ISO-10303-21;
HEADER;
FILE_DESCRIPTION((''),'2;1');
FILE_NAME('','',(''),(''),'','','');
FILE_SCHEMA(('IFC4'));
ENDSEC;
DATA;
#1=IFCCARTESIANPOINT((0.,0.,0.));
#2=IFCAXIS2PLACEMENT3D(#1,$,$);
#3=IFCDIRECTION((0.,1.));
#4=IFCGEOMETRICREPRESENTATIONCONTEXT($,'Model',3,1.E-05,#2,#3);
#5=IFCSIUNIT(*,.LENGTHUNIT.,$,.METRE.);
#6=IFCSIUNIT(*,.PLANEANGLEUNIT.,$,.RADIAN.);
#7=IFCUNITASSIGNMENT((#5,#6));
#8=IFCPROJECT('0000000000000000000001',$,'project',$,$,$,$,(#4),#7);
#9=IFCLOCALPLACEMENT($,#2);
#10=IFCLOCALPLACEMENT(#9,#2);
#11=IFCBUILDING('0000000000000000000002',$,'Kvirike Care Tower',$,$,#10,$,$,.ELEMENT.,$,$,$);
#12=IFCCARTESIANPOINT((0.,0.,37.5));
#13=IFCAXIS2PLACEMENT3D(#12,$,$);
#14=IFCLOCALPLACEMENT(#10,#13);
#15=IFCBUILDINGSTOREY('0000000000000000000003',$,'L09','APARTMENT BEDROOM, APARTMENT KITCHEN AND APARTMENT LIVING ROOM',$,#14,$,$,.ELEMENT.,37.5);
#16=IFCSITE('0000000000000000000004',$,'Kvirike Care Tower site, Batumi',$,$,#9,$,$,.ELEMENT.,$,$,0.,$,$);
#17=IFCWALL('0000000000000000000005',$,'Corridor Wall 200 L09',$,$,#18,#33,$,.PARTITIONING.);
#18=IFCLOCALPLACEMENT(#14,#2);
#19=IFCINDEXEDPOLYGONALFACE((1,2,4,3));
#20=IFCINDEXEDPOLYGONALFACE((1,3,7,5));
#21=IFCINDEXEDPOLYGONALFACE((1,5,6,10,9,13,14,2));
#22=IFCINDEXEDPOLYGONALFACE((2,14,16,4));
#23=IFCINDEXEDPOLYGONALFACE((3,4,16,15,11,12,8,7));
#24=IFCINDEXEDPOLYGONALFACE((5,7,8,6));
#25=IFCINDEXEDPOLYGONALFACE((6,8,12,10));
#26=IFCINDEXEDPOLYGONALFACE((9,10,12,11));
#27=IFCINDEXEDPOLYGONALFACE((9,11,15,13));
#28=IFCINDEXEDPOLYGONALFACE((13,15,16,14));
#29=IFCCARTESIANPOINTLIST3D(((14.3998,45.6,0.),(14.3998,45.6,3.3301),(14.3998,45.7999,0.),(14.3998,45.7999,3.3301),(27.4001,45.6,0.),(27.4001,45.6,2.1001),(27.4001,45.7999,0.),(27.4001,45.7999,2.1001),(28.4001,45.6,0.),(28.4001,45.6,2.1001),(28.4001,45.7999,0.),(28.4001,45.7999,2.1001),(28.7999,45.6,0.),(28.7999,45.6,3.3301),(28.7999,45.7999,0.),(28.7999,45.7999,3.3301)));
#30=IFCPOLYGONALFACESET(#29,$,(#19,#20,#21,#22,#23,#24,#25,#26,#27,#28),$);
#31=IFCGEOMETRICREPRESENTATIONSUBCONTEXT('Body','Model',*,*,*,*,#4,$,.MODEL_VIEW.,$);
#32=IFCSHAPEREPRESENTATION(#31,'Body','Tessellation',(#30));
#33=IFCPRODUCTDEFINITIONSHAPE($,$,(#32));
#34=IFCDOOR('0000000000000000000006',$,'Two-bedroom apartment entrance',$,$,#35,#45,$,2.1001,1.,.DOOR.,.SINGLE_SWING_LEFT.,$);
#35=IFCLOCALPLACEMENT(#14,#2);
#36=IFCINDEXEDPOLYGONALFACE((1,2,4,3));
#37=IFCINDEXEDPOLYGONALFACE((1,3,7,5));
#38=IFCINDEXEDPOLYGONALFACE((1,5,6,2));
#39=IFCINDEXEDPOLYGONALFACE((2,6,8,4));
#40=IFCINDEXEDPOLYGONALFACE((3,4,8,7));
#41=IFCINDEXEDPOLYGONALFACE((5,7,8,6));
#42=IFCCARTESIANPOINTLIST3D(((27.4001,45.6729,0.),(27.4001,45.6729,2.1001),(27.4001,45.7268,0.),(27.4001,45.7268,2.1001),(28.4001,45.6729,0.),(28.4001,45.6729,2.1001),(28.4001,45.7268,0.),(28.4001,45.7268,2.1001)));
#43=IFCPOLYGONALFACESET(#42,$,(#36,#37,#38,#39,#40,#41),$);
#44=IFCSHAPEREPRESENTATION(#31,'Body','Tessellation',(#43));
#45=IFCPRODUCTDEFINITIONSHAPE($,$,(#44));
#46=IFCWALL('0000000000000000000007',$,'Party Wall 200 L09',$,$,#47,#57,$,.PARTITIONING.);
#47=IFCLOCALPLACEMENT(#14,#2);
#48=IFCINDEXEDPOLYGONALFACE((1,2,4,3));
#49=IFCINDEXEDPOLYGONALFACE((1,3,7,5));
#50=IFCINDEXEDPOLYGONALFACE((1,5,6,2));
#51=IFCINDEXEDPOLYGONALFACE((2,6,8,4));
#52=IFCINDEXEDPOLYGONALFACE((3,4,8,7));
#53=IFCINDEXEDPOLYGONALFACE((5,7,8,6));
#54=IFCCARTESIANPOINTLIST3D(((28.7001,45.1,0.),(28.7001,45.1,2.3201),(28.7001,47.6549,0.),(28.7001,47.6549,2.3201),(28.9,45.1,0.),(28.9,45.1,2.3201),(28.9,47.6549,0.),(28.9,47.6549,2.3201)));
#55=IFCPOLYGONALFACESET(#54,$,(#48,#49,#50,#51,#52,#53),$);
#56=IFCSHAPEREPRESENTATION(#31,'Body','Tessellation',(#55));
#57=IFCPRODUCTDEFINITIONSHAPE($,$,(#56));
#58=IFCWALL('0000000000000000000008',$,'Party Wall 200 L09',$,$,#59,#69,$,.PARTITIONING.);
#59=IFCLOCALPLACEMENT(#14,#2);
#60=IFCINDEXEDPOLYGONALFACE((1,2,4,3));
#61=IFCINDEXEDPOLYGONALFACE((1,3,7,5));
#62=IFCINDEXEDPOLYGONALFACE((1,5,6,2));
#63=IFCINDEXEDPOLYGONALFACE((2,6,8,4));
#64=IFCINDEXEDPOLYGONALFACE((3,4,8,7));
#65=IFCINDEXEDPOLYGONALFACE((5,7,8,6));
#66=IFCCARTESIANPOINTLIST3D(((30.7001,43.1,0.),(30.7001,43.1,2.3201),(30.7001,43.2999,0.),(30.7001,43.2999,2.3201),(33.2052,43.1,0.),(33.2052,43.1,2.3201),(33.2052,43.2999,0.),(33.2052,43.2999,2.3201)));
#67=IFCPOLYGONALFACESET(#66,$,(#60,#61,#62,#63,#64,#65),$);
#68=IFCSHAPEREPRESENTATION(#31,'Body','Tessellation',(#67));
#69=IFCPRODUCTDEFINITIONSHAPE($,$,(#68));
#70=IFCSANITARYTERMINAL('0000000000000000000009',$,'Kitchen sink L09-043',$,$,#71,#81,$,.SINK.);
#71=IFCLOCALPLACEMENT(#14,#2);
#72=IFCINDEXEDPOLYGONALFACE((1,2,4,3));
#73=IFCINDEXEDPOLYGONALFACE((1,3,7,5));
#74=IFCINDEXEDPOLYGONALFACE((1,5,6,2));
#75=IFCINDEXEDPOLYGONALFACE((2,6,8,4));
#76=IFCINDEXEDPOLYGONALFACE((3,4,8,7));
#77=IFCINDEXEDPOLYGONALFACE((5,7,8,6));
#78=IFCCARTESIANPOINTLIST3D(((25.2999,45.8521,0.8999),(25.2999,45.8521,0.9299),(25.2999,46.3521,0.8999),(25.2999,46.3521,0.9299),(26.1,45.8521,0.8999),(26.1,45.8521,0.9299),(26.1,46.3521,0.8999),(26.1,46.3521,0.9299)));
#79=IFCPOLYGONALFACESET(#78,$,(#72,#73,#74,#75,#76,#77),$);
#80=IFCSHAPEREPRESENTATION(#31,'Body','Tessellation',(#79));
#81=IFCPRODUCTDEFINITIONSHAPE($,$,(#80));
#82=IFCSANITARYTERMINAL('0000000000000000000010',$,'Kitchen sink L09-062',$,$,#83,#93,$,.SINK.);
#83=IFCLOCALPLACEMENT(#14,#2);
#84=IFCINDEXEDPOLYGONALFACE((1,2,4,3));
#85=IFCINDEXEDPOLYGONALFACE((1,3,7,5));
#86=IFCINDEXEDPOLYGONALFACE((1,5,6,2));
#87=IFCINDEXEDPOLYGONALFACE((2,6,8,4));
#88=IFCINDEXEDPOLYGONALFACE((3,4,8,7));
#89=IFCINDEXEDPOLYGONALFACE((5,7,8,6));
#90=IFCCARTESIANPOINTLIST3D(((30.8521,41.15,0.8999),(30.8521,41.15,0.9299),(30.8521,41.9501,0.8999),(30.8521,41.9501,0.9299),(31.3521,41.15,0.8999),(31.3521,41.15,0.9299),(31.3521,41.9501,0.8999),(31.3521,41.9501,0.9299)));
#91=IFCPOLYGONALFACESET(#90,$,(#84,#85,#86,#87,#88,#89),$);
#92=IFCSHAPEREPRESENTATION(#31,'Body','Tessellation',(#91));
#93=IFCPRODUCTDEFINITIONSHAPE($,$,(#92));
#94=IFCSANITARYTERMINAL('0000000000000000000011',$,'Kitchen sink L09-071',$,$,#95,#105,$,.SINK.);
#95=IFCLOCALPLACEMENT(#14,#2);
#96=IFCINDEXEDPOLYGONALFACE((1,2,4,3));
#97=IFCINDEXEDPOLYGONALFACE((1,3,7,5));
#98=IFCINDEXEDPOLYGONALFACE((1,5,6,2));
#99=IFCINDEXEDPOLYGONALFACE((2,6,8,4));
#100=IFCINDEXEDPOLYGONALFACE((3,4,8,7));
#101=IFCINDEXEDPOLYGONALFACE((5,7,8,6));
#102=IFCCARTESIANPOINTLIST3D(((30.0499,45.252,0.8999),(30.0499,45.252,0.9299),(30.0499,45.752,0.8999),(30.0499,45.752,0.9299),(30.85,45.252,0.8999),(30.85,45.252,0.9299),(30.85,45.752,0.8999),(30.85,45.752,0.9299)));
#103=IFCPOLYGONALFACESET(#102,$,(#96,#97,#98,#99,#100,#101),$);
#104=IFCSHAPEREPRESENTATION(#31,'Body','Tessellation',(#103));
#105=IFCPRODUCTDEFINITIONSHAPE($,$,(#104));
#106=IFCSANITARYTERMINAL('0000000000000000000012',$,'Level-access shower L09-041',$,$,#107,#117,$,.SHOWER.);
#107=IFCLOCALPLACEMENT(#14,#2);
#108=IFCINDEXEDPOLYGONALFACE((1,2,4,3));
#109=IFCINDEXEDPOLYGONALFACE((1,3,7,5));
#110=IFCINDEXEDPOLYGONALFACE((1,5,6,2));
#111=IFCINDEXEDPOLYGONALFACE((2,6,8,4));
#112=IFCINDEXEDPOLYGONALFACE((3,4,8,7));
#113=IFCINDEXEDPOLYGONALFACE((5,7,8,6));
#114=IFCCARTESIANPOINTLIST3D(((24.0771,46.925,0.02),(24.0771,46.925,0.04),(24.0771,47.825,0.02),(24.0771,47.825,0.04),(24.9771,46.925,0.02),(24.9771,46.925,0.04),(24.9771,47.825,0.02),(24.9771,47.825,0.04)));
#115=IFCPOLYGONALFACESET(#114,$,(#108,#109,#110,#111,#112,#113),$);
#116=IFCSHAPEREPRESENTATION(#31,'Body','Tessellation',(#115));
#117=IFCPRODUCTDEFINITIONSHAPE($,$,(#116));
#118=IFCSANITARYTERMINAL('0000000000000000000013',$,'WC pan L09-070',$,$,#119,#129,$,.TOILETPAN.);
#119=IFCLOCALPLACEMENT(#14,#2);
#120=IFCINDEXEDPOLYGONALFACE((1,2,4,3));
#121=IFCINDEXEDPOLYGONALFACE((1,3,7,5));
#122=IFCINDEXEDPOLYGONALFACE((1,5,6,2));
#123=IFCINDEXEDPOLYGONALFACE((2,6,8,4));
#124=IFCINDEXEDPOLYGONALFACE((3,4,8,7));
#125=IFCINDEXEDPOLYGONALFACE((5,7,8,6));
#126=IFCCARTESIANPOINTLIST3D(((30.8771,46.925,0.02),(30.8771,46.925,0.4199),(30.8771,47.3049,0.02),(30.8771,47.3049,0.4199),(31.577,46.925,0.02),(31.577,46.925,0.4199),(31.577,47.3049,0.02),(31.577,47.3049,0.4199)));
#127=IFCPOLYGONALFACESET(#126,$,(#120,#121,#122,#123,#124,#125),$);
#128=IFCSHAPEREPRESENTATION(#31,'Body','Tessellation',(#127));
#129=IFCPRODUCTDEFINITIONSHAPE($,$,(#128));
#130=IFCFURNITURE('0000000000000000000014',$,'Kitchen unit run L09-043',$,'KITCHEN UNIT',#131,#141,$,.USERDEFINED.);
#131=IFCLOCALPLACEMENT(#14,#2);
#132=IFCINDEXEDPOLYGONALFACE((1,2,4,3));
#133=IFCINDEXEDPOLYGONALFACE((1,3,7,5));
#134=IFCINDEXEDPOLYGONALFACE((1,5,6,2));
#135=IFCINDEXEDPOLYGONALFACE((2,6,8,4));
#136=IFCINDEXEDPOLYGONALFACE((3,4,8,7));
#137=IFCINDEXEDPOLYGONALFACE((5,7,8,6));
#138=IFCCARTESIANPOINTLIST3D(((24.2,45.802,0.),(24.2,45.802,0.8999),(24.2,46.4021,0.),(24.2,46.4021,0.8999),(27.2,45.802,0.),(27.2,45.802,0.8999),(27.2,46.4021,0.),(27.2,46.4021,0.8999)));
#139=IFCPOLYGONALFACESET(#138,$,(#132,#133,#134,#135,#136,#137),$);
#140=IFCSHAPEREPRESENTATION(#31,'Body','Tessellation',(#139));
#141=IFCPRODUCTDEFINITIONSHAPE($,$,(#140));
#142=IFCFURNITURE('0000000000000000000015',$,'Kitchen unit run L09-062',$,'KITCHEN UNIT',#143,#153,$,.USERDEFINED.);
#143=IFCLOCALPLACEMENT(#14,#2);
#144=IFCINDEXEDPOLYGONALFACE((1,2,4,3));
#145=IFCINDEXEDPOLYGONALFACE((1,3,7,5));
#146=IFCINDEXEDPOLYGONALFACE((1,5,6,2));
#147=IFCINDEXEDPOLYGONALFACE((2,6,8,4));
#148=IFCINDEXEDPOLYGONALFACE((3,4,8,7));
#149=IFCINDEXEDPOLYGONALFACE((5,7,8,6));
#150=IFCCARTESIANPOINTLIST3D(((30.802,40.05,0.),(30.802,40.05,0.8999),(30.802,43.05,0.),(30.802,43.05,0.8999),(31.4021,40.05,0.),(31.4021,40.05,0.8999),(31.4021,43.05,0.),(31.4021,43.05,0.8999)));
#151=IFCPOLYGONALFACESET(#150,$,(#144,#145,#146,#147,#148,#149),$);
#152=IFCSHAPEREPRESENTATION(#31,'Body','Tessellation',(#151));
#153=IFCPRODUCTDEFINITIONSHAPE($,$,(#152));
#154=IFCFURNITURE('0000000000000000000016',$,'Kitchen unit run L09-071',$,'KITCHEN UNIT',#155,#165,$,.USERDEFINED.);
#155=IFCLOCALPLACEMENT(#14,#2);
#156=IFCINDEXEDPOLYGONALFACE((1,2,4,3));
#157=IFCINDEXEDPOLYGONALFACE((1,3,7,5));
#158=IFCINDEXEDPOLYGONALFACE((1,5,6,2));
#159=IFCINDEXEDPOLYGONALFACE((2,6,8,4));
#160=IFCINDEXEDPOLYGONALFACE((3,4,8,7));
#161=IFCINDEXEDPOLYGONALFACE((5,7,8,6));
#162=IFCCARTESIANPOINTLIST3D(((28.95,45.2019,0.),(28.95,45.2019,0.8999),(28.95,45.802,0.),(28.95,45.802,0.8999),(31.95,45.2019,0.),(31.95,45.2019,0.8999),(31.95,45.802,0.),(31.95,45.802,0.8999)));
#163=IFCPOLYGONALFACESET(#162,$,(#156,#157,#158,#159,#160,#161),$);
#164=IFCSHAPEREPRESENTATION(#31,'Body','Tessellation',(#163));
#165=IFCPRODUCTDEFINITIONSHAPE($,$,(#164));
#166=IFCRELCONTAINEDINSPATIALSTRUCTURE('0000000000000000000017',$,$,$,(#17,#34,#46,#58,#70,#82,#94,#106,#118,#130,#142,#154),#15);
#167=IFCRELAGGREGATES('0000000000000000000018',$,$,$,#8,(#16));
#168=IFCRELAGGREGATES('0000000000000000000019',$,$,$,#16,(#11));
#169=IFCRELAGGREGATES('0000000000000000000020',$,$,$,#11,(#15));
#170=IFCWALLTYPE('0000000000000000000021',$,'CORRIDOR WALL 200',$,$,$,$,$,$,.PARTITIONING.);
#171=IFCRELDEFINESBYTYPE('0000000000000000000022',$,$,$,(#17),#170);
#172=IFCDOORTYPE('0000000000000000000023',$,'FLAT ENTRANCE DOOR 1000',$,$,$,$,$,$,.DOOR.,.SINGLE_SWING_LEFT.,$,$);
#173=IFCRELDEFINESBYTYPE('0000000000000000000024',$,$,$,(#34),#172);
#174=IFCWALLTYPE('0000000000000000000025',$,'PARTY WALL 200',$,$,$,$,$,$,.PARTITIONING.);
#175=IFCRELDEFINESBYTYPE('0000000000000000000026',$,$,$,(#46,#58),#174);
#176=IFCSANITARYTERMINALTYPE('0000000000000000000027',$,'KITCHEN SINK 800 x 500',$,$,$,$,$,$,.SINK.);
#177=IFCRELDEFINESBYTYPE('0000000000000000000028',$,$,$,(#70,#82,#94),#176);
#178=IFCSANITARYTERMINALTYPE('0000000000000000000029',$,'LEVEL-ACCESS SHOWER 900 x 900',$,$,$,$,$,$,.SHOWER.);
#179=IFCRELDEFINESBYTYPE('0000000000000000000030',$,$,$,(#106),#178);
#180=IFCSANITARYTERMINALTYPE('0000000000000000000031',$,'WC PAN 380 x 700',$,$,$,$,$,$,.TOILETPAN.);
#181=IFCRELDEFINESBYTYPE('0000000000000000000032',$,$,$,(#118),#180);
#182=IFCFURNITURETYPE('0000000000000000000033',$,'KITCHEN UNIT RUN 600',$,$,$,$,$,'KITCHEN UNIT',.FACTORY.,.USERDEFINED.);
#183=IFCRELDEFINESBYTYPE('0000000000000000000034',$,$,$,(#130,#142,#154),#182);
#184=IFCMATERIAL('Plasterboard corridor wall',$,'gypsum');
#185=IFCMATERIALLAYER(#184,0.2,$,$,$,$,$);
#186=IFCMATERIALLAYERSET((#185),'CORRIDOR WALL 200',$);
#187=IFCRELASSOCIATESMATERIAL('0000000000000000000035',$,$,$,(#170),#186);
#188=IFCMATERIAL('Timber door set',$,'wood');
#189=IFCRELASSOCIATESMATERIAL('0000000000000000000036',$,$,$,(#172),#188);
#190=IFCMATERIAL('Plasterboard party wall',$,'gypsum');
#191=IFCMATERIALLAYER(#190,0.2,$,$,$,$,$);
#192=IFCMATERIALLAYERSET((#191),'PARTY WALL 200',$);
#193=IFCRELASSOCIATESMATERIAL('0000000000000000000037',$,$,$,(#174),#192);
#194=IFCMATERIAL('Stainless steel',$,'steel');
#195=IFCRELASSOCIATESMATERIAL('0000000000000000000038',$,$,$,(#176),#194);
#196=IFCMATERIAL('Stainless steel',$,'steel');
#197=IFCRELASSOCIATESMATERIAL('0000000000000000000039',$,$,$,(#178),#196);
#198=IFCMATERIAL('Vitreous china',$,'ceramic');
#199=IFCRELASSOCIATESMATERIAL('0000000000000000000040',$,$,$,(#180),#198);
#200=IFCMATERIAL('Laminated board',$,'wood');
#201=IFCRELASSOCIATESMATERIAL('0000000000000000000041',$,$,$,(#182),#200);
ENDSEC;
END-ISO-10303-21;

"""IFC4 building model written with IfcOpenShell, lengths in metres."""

from ifc_helpers import new_model, si_unit, direction, frame, frame_2d, origin, origin_2d, place, context, subcontext, project, spatial, rectangle, extrude, material, layer, layer_set, type_object, element, fill, save


model = new_model("IFC4")

# Units and contexts
model_context = context("Model", 3, precision=1e-05, world=origin(), true_north=direction((0.0, 1.0)))
body_context = subcontext(model_context, "Body", "Model", "MODEL_VIEW")
ifc_project = project(units=[si_unit("LENGTHUNIT", "METRE"), si_unit("PLANEANGLEUNIT", "RADIAN")], contexts=[model_context])

# Site, building, storey
site_placement = place(None, origin())
site = spatial("IfcSite", under=ifc_project, at=site_placement, Name="Kvirike Care Tower site, Batumi", CompositionType="ELEMENT", RefElevation=0.0)
building_placement = place(site_placement, origin())
building = spatial("IfcBuilding", under=site, at=building_placement, Name="Kvirike Care Tower", CompositionType="ELEMENT")
storey_placement = place(building_placement, frame((0.0, 0.0, 37.5)))
storey = spatial("IfcBuildingStorey", under=building, at=storey_placement, Name="L09", Description="APARTMENT BEDROOM, APARTMENT KITCHEN AND APARTMENT LIVING ROOM", CompositionType="ELEMENT", Elevation=37.5)

# Wall, opening, door
ifc_material_1 = material(Name="Plasterboard corridor wall", Category="gypsum")
ifc_layer_1 = layer(ifc_material_1, 0.2)
ifc_layer_set_1 = layer_set([ifc_layer_1], Name="CORRIDOR WALL 200")
wall_type_1 = type_object("IfcWallType", Name="CORRIDOR WALL 200", PredefinedType="PARTITIONING", material=ifc_layer_set_1)
wall_1_placement = place(storey_placement, frame((28.8, 45.7, 0.0), z_axis=(0.0, 0.0, 1.0), x_axis=(-1.0, 0.0, 0.0)))
wall_1 = element("IfcWall", 1, at=wall_1_placement, inside=storey, type_object=wall_type_1, Name="Corridor Wall 200 L09", PredefinedType="PARTITIONING", context=body_context, shape_type="SweptSolid", body=[
    extrude(rectangle(XDim=14.4001, YDim=0.2, at=frame_2d((7.2002, 0.0))), origin(), (0.0, 0.0, 1.0), 3.3301),
])
opening_1_placement = place(wall_1_placement, frame((0.3999, 0.0, 0.0)))
opening_1 = element("IfcOpeningElement", 2, at=opening_1_placement, cuts=wall_1, PredefinedType="OPENING", context=body_context, shape_type="SweptSolid", body=[
    extrude(rectangle(XDim=1.0, YDim=2.1001, at=frame_2d((0.5, 1.05))), frame((0.0, 0.1106, 0.0), z_axis=(0.0, -1.0, 0.0), x_axis=(1.0, 0.0, 0.0)), (0.0, 0.0, 1.0), 0.2209),
])
ifc_material_2 = material(Name="Timber door set", Category="wood")
door_type_1 = type_object("IfcDoorType", Name="FLAT ENTRANCE DOOR 1000", OperationType="SINGLE_SWING_LEFT", PredefinedType="DOOR", material=ifc_material_2)
door_1_placement = place(opening_1_placement, frame((1.0, 0.0, 0.0), z_axis=(0.0, 0.0, 1.0), x_axis=(-1.0, 0.0, 0.0)))
door_1 = element("IfcDoor", 3, at=door_1_placement, inside=storey, type_object=door_type_1, Name="Two-bedroom apartment entrance", OperationType="SINGLE_SWING_LEFT", OverallHeight=2.1001, OverallWidth=1.0, PredefinedType="DOOR", context=body_context, shape_type="SweptSolid", body=[
    extrude(rectangle(XDim=1.0, YDim=2.1001, at=frame_2d((0.5, 1.05))), frame((0.0, 0.0269, 0.0), z_axis=(0.0, -1.0, 0.0), x_axis=(1.0, 0.0, 0.0)), (0.0, 0.0, 1.0), 0.054),
])
fill(opening_1, door_1)

# Walls
ifc_material_3 = material(Name="Plasterboard party wall", Category="gypsum")
ifc_layer_2 = layer(ifc_material_3, 0.2)
ifc_layer_set_2 = layer_set([ifc_layer_2], Name="PARTY WALL 200")
wall_type_2 = type_object("IfcWallType", Name="PARTY WALL 200", PredefinedType="PARTITIONING", material=ifc_layer_set_2)
wall_2_placement = place(storey_placement, frame((28.8, 45.1001, 0.0), z_axis=(0.0, 0.0, 1.0), x_axis=(0.0, 1.0, 0.0)))
element("IfcWall", 4, at=wall_2_placement, inside=storey, type_object=wall_type_2, Name="Party Wall 200 L09", PredefinedType="PARTITIONING", context=body_context, shape_type="SweptSolid", body=[
    extrude(rectangle(XDim=2.5549, YDim=0.2, at=frame_2d((1.2773, 0.0))), origin(), (0.0, 0.0, 1.0), 2.3201),
])
wall_3_placement = place(storey_placement, frame((33.2051, 43.2, 0.0), z_axis=(0.0, 0.0, 1.0), x_axis=(-1.0, 0.0, 0.0)))
element("IfcWall", 5, at=wall_3_placement, inside=storey, type_object=wall_type_2, Name="Party Wall 200 L09", PredefinedType="PARTITIONING", context=body_context, shape_type="SweptSolid", body=[
    extrude(rectangle(XDim=2.5051, YDim=0.2, at=frame_2d((1.2524, 0.0))), origin(), (0.0, 0.0, 1.0), 2.3201),
])

# Sanitary terminals
ifc_material_4 = material(Name="Stainless steel", Category="steel")
sanitary_terminal_type_1 = type_object("IfcSanitaryTerminalType", Name="KITCHEN SINK 800 x 500", PredefinedType="SINK", material=ifc_material_4)
for number, where, z_axis, x_axis, name in (
    (6, (25.7, 46.1021, 0.8999), (0.0, 0.0, 1.0), (-1.0, 0.0, 0.0), "Kitchen sink L09-043"),
    (7, (31.1021, 41.55, 0.8999), (0.0, 0.0, 1.0), (0.0, 1.0, 0.0), "Kitchen sink L09-062"),
    (8, (30.45, 45.502, 0.8999), (0.0, 0.0, 1.0), (-1.0, 0.0, 0.0), "Kitchen sink L09-071"),
):
    element("IfcSanitaryTerminal", number, at=place(storey_placement, frame(where, z_axis=z_axis, x_axis=x_axis)), inside=storey, type_object=sanitary_terminal_type_1, Name=name, PredefinedType="SINK", context=body_context, shape_type="SweptSolid", body=[
        extrude(rectangle(XDim=0.8, YDim=0.5, at=origin_2d()), origin(), (0.0, 0.0, 1.0), 0.03),
    ])
ifc_material_5 = material(Name="Stainless steel", Category="steel")
sanitary_terminal_type_2 = type_object("IfcSanitaryTerminalType", Name="LEVEL-ACCESS SHOWER 900 x 900", PredefinedType="SHOWER", material=ifc_material_5)
sanitary_terminal_1_placement = place(storey_placement, frame((24.5271, 47.375, 0.02), z_axis=(0.0, 0.0, 1.0), x_axis=(0.0, 1.0, 0.0)))
element("IfcSanitaryTerminal", 9, at=sanitary_terminal_1_placement, inside=storey, type_object=sanitary_terminal_type_2, Name="Level-access shower L09-041", PredefinedType="SHOWER", context=body_context, shape_type="SweptSolid", body=[
    extrude(rectangle(XDim=0.8999, YDim=0.8999, at=origin_2d()), origin(), (0.0, 0.0, 1.0), 0.02),
])
ifc_material_6 = material(Name="Vitreous china", Category="ceramic")
sanitary_terminal_type_3 = type_object("IfcSanitaryTerminalType", Name="WC PAN 380 x 700", PredefinedType="TOILETPAN", material=ifc_material_6)
sanitary_terminal_2_placement = place(storey_placement, frame((31.2271, 47.115, 0.02), z_axis=(0.0, 0.0, 1.0), x_axis=(0.0, 1.0, 0.0)))
element("IfcSanitaryTerminal", 10, at=sanitary_terminal_2_placement, inside=storey, type_object=sanitary_terminal_type_3, Name="WC pan L09-070", PredefinedType="TOILETPAN", context=body_context, shape_type="SweptSolid", body=[
    extrude(rectangle(XDim=0.3799, YDim=0.7, at=origin_2d()), origin(), (0.0, 0.0, 1.0), 0.3999),
])

# Furniture
ifc_material_7 = material(Name="Laminated board", Category="wood")
furniture_type = type_object("IfcFurnitureType", Name="KITCHEN UNIT RUN 600", ElementType="KITCHEN UNIT", AssemblyPlace="FACTORY", PredefinedType="USERDEFINED", material=ifc_material_7)
for number, where, z_axis, x_axis, name in (
    (11, (25.7, 46.1021, 0.0), (0.0, 0.0, 1.0), (-1.0, 0.0, 0.0), "Kitchen unit run L09-043"),
    (12, (31.1021, 41.55, 0.0), (0.0, 0.0, 1.0), (0.0, 1.0, 0.0), "Kitchen unit run L09-062"),
    (13, (30.45, 45.502, 0.0), (0.0, 0.0, 1.0), (-1.0, 0.0, 0.0), "Kitchen unit run L09-071"),
):
    element("IfcFurniture", number, at=place(storey_placement, frame(where, z_axis=z_axis, x_axis=x_axis)), inside=storey, type_object=furniture_type, Name=name, ObjectType="KITCHEN UNIT", PredefinedType="USERDEFINED", context=body_context, shape_type="SweptSolid", body=[
        extrude(rectangle(XDim=3.0, YDim=0.6001, at=origin_2d()), origin(), (0.0, 0.0, 1.0), 0.8999),
    ])

save(model, "model.ifc")
